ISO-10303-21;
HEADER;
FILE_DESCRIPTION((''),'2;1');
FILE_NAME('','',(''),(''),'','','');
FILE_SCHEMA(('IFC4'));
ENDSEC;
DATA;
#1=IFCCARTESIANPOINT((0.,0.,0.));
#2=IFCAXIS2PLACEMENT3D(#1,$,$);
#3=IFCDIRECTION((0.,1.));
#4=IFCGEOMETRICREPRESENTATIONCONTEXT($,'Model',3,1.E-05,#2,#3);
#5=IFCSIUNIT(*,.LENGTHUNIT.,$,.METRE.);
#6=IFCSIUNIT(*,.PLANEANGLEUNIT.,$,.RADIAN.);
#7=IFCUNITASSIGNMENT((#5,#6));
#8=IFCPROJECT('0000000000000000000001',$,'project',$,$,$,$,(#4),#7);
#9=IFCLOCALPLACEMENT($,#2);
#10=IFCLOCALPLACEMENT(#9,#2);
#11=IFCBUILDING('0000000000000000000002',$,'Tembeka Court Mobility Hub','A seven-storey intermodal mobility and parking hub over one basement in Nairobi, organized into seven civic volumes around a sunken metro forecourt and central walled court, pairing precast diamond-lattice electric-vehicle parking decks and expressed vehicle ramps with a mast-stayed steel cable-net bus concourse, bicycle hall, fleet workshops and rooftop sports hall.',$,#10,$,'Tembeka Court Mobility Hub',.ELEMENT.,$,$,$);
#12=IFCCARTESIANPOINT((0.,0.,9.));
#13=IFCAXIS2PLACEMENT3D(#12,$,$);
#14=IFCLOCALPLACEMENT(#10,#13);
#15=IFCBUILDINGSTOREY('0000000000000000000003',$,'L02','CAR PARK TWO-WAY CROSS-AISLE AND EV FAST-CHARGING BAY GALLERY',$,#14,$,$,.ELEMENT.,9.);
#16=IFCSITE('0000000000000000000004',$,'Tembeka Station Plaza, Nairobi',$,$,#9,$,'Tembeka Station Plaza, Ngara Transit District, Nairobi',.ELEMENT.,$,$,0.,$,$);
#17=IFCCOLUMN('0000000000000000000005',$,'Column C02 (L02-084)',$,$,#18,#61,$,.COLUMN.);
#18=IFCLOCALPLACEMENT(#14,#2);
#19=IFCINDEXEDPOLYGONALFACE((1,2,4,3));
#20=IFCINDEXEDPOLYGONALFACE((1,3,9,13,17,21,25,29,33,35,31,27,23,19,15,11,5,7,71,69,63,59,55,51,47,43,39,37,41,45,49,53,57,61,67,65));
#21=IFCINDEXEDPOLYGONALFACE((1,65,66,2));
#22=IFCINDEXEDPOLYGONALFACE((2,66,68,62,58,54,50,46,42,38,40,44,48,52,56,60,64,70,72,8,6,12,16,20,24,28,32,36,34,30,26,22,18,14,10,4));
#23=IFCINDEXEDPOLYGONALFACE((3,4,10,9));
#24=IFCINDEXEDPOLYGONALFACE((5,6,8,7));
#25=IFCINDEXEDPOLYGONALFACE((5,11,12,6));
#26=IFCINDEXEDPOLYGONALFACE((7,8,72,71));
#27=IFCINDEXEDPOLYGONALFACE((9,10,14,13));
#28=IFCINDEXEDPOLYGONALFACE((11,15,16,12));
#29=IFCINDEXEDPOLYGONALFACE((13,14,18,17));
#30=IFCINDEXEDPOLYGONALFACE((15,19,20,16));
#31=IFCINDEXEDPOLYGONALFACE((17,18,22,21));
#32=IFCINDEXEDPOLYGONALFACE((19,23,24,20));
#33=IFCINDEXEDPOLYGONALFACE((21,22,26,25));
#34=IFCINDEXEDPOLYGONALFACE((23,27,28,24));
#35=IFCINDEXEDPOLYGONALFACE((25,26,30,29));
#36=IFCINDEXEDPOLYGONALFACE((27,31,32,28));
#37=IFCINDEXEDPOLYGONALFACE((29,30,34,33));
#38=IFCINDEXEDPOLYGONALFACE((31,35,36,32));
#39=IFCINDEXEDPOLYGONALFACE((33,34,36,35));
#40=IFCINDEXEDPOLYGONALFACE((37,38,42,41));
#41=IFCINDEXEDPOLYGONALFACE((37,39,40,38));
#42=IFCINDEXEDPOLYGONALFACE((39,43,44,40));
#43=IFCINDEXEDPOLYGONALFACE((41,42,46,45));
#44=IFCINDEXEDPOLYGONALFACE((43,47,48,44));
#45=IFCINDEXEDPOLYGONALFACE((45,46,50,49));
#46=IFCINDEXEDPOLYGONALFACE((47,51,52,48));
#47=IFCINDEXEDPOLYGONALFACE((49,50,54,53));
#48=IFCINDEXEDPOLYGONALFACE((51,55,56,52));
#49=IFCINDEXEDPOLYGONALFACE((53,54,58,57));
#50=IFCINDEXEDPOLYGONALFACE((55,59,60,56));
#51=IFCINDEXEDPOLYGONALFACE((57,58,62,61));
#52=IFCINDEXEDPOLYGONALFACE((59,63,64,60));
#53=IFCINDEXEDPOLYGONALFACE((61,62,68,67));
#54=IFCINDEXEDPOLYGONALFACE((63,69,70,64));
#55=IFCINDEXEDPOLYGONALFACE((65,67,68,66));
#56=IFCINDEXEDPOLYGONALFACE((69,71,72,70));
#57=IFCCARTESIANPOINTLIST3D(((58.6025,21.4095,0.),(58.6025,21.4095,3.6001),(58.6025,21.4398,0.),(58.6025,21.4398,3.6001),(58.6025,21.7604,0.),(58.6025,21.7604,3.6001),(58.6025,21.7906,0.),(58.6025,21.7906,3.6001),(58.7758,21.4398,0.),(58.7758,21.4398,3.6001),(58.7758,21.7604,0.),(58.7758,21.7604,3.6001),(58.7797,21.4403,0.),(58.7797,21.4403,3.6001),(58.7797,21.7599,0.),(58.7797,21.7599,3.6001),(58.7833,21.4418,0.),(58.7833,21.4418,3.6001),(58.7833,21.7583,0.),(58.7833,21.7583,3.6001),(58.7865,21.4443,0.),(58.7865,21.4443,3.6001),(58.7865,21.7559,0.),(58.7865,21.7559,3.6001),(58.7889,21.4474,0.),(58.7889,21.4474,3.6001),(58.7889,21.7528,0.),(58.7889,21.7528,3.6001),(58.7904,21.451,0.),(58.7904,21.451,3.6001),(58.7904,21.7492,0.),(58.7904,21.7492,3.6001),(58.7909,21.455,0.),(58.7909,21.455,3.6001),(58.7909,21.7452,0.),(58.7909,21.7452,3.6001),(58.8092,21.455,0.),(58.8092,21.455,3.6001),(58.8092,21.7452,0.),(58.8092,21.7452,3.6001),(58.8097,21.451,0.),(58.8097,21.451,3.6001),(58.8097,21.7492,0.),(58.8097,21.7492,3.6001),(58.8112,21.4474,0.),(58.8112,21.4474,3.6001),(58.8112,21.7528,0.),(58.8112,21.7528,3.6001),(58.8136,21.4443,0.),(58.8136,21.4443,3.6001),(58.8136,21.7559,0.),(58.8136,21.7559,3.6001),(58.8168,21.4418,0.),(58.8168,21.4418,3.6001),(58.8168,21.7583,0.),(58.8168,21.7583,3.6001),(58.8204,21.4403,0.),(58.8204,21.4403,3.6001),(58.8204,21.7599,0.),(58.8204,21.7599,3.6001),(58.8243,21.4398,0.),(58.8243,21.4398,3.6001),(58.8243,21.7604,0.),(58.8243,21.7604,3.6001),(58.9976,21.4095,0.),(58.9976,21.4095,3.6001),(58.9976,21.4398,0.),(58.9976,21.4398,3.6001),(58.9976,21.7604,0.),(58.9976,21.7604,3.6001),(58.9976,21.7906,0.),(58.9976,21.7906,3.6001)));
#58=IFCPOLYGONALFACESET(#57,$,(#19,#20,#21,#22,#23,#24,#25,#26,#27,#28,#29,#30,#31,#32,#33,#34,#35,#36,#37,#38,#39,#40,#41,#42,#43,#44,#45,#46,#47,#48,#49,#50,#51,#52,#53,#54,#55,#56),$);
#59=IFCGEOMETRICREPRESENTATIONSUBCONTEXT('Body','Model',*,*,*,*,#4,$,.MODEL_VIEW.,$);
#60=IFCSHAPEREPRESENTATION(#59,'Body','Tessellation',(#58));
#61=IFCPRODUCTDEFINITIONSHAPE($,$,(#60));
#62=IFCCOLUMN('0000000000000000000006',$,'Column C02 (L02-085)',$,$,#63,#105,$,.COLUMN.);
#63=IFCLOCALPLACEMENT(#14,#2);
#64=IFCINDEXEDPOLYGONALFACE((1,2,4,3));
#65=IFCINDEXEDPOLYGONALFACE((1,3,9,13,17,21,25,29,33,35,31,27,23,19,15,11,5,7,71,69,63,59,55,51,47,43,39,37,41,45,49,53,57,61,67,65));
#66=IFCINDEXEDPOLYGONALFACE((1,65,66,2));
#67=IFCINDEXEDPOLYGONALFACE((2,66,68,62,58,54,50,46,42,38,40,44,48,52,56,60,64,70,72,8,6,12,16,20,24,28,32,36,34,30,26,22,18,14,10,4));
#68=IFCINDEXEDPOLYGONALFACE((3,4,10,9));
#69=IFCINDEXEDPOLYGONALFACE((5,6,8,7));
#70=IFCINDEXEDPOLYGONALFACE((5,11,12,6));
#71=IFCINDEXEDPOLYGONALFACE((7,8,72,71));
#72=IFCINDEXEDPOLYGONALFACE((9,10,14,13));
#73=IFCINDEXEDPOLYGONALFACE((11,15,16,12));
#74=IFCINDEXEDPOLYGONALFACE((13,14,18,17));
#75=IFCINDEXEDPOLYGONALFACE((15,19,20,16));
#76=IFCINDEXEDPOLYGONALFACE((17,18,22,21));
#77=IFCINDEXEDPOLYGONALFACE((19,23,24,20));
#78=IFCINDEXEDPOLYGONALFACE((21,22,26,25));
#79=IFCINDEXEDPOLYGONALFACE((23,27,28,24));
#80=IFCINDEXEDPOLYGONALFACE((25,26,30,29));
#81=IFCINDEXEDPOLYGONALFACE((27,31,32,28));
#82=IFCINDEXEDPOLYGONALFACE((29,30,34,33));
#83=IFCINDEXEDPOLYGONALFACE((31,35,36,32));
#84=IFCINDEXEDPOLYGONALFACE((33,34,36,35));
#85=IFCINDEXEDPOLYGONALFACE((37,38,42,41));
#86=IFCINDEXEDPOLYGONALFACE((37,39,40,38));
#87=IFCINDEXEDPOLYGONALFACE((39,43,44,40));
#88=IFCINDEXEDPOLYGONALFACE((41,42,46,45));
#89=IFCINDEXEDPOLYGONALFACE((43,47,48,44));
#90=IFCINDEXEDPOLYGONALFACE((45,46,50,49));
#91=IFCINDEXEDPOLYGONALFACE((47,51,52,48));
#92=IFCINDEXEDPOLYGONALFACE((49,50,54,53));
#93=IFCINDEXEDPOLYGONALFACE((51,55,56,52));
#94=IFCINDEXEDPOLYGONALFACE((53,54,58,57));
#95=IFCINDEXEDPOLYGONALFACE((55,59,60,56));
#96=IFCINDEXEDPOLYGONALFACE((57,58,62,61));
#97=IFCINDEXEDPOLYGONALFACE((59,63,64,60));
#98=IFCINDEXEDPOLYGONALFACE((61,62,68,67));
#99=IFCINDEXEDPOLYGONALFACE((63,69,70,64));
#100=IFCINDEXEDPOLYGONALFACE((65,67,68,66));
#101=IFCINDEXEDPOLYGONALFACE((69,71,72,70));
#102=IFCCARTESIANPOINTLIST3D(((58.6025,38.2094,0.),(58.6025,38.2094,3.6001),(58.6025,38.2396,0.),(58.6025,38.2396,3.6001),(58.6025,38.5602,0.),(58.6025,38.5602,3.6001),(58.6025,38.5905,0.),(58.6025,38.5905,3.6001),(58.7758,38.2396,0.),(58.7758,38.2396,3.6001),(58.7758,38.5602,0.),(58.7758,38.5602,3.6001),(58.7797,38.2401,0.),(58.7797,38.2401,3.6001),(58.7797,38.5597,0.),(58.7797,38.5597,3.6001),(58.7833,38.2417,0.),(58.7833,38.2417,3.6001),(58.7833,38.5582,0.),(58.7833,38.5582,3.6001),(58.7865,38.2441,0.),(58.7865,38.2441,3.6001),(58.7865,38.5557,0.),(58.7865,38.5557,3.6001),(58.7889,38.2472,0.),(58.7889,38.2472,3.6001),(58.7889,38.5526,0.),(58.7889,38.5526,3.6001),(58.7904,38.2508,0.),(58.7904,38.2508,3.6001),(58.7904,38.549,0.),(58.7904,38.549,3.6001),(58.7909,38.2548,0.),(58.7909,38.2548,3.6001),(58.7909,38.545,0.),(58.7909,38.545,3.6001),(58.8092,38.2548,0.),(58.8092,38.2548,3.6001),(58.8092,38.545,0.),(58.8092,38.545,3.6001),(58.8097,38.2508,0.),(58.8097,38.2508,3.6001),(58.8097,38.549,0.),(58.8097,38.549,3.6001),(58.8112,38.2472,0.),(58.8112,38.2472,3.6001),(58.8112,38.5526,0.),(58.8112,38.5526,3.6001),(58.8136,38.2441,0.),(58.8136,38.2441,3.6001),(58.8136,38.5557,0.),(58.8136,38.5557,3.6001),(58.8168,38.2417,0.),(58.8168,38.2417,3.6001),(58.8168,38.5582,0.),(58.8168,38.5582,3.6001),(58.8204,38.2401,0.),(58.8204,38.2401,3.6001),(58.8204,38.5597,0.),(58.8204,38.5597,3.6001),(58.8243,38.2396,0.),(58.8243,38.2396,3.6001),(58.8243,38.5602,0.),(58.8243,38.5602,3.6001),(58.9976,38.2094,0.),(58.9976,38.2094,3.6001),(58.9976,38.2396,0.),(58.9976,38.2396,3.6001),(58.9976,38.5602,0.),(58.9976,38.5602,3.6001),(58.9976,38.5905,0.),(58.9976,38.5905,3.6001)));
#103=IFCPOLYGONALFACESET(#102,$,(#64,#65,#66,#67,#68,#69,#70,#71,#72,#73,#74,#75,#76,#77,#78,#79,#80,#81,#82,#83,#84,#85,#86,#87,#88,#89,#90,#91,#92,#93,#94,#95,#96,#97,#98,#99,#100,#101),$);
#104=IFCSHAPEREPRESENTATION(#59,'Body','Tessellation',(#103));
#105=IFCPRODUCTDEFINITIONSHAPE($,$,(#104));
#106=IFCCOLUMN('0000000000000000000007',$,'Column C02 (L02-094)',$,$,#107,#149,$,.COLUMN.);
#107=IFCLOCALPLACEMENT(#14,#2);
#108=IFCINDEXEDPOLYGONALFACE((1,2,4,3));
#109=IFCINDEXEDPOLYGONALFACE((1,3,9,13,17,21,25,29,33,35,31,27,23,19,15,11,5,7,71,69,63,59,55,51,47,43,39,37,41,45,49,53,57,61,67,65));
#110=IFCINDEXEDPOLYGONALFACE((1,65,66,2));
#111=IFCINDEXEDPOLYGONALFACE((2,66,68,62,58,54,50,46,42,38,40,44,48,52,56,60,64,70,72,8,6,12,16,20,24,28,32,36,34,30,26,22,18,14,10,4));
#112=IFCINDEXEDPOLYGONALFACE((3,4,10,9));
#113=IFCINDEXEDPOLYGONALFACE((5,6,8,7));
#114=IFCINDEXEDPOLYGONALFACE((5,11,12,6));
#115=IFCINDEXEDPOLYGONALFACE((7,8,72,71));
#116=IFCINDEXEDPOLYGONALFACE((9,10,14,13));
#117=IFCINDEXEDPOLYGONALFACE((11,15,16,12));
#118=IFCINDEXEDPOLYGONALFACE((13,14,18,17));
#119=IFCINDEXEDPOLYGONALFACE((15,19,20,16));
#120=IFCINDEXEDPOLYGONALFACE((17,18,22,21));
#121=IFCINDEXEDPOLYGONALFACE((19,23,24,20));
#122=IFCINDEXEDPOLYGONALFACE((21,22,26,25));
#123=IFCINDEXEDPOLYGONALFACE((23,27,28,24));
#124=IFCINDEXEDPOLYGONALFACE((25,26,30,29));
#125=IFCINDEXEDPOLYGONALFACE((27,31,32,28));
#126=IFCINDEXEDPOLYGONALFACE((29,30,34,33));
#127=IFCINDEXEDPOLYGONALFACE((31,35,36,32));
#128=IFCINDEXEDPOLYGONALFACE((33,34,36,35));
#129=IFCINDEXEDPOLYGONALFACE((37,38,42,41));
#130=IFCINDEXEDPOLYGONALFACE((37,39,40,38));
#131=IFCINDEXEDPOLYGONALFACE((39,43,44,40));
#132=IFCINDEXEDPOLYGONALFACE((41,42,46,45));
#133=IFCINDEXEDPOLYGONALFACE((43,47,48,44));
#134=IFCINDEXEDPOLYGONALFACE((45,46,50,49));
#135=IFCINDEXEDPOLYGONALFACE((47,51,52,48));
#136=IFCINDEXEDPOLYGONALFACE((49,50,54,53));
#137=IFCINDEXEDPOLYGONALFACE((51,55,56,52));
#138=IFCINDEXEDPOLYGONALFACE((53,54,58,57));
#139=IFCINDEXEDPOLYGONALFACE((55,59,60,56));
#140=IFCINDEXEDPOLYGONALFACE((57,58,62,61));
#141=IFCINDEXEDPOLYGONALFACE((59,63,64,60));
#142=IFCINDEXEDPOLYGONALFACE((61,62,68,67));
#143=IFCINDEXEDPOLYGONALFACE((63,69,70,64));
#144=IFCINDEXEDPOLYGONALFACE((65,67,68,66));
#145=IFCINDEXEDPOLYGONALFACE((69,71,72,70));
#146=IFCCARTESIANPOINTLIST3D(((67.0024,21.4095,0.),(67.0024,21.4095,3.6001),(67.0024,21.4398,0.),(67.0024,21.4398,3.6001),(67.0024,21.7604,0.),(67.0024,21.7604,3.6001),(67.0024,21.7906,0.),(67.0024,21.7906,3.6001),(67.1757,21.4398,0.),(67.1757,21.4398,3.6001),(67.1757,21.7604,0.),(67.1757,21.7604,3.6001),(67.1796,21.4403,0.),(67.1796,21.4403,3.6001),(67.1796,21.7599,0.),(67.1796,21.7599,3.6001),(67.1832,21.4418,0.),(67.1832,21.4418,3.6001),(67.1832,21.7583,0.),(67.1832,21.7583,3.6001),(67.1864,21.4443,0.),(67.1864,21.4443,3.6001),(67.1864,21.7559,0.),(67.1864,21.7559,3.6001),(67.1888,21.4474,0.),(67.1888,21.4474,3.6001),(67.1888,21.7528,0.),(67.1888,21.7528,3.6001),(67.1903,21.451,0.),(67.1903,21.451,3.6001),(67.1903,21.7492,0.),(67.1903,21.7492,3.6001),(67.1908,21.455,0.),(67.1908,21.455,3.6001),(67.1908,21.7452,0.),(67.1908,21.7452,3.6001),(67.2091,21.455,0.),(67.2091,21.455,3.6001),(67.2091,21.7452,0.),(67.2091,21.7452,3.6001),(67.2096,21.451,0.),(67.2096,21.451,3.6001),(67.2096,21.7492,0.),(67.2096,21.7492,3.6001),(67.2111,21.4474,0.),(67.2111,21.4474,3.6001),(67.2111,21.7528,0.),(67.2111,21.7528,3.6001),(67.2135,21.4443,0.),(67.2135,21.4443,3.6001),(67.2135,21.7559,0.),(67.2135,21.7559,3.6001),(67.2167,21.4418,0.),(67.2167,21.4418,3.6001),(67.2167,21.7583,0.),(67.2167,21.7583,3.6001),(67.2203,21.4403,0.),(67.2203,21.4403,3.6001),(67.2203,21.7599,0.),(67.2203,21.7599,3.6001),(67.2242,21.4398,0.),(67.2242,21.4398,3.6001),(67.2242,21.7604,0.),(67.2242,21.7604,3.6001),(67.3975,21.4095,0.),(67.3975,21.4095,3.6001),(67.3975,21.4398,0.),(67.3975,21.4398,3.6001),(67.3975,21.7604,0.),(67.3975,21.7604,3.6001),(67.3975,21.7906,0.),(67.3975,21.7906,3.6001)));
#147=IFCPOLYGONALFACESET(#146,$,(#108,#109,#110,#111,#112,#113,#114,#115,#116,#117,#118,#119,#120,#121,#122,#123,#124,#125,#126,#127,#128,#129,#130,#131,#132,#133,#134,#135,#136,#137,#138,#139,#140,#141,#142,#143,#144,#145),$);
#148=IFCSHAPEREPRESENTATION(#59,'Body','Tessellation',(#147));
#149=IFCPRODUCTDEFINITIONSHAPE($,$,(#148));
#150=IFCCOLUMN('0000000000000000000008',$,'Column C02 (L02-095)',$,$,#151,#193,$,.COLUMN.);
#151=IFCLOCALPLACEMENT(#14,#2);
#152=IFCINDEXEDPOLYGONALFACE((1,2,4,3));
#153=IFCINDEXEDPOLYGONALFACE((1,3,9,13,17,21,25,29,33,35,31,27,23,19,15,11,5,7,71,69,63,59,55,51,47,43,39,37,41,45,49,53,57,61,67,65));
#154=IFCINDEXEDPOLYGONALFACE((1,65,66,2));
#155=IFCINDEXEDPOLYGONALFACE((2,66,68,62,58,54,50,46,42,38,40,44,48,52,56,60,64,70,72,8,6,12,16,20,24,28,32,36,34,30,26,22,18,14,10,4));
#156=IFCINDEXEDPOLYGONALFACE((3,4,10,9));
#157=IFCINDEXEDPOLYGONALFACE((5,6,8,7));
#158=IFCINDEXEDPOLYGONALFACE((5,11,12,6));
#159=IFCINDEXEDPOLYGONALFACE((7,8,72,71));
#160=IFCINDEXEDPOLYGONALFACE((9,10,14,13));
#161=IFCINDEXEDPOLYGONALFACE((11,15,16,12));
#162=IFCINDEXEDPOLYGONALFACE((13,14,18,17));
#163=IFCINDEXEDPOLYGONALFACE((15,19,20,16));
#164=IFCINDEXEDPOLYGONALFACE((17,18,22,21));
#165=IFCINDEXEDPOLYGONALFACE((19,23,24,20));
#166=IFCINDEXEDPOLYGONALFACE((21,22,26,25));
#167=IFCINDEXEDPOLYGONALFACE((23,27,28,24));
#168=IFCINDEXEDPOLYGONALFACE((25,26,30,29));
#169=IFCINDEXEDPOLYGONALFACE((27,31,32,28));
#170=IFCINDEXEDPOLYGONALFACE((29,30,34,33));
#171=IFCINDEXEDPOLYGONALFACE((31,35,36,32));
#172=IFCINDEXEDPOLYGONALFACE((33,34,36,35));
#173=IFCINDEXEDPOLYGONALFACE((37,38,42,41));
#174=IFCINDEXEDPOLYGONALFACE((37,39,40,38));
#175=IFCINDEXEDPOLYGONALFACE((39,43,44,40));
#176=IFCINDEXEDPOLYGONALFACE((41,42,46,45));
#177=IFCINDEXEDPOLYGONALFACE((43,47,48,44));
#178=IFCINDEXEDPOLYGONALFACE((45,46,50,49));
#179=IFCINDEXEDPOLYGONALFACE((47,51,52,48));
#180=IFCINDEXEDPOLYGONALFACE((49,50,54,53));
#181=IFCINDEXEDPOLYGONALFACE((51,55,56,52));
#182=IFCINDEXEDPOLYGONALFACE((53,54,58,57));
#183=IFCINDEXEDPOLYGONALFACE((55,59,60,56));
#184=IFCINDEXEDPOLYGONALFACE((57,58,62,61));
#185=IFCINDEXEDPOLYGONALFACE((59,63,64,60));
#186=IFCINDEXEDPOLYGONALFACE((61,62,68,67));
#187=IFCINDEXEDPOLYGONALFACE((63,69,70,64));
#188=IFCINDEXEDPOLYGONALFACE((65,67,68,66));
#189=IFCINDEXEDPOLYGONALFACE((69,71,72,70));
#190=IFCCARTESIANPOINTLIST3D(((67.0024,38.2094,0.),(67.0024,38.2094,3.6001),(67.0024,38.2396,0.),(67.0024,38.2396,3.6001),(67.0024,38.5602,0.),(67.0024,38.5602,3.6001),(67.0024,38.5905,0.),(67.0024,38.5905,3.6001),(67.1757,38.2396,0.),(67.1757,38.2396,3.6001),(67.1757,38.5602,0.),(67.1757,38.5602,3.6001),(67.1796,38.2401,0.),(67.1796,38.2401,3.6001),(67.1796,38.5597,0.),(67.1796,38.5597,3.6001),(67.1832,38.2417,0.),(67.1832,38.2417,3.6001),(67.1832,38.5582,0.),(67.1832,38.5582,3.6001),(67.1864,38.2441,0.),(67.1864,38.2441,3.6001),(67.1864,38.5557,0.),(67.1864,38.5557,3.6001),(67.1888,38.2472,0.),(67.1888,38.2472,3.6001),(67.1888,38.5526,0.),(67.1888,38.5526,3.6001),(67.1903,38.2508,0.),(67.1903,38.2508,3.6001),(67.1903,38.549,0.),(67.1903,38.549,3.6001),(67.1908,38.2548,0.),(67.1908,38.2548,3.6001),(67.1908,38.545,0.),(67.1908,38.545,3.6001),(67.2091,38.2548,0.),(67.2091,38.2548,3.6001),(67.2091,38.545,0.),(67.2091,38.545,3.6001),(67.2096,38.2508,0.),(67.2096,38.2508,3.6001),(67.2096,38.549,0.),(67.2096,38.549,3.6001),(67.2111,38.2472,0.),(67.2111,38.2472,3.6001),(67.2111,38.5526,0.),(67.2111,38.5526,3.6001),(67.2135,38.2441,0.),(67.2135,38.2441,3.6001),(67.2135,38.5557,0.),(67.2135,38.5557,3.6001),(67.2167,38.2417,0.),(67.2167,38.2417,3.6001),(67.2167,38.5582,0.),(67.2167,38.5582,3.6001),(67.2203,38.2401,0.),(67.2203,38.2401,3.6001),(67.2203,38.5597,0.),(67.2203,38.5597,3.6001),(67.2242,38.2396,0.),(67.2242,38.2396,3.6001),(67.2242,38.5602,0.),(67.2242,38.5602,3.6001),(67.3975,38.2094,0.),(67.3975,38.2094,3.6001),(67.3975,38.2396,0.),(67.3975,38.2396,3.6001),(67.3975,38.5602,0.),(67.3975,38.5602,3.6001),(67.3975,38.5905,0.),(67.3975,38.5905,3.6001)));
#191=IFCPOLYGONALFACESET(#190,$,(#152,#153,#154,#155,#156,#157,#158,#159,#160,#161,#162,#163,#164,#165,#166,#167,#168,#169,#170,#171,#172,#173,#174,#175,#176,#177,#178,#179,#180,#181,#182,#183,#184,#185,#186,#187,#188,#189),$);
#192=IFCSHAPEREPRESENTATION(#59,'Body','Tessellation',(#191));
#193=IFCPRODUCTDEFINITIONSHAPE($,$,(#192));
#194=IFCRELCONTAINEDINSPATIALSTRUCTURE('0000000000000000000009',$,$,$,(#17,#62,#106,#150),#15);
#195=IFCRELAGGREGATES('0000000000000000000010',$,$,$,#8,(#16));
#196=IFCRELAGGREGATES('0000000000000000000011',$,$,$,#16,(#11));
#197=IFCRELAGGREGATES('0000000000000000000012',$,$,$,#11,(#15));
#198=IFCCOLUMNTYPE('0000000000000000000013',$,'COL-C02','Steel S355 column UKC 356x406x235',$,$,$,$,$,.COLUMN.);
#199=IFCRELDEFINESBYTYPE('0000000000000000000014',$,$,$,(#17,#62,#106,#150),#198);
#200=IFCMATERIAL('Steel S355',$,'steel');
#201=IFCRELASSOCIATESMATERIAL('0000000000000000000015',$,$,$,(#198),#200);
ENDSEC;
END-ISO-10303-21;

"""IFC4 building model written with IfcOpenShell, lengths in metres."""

from ifc_helpers import new_model, si_unit, direction, frame, origin, origin_2d, place, context, subcontext, project, spatial, i_section, extrude, material, material_profile, profile_set, type_object, element, save


model = new_model("IFC4")

# Units and contexts
model_context = context("Model", 3, precision=1e-05, world=origin(), true_north=direction((0.0, 1.0)))
body_context = subcontext(model_context, "Body", "Model", "MODEL_VIEW")
ifc_project = project(units=[si_unit("LENGTHUNIT", "METRE"), si_unit("PLANEANGLEUNIT", "RADIAN")], contexts=[model_context])

# Site, building, storey
site_placement = place(None, origin())
site = spatial("IfcSite", under=ifc_project, at=site_placement, Name="Tembeka Station Plaza, Nairobi", LongName="Tembeka Station Plaza, Ngara Transit District, Nairobi", CompositionType="ELEMENT", RefElevation=0.0)
building_placement = place(site_placement, origin())
building = spatial("IfcBuilding", under=site, at=building_placement, Name="Tembeka Court Mobility Hub", Description="A seven-storey intermodal mobility and parking hub over one basement in Nairobi, organized into seven civic volumes around a sunken metro forecourt and central walled court, pairing precast diamond-lattice electric-vehicle parking decks and expressed vehicle ramps with a mast-stayed steel cable-net bus concourse, bicycle hall, fleet workshops and rooftop sports hall.", LongName="Tembeka Court Mobility Hub", CompositionType="ELEMENT")
storey_placement = place(building_placement, frame((0.0, 0.0, 9.0)))
storey = spatial("IfcBuildingStorey", under=building, at=storey_placement, Name="L02", Description="CAR PARK TWO-WAY CROSS-AISLE AND EV FAST-CHARGING BAY GALLERY", CompositionType="ELEMENT", Elevation=9.0)

# Columns
ifc_material_1 = material(Name="Steel S355", Category="steel")
ifc_material_profile_1 = material_profile(ifc_material_1, i_section(OverallWidth=0.395, OverallDepth=0.3811, WebThickness=0.0183, FlangeThickness=0.0303, FilletRadius=0.0151, at=origin_2d()), Name="UKC 356x406x235")
ifc_profile_set_1 = profile_set([ifc_material_profile_1], Name="Steel S355")
column_type = type_object("IfcColumnType", Name="COL-C02", Description="Steel S355 column UKC 356x406x235", PredefinedType="COLUMN", material=ifc_profile_set_1)
for number, where, z_axis, x_axis, name in (
    (1, (58.8, 21.6001, 0.0), (0.0, 0.0, 1.0), (1.0, 0.0, 0.0), "Column C02 (L02-084)"),
    (2, (58.8, 38.3999, 0.0), (0.0, 0.0, 1.0), (1.0, 0.0, 0.0), "Column C02 (L02-085)"),
    (3, (67.2, 21.6001, 0.0), (0.0, 0.0, 1.0), (1.0, 0.0, 0.0), "Column C02 (L02-094)"),
    (4, (67.2, 38.3999, 0.0), (0.0, 0.0, 1.0), (1.0, 0.0, 0.0), "Column C02 (L02-095)"),
):
    element("IfcColumn", number, at=place(storey_placement, frame(where, z_axis=z_axis, x_axis=x_axis)), inside=storey, type_object=column_type, Name=name, PredefinedType="COLUMN", context=body_context, shape_type="SweptSolid", body=[
        extrude(i_section(OverallWidth=0.395, OverallDepth=0.3811, WebThickness=0.0183, FlangeThickness=0.0303, FilletRadius=0.0151, at=origin_2d()), origin(), (0.0, 0.0, 1.0), 3.6001),
    ])

save(model, "model.ifc")
